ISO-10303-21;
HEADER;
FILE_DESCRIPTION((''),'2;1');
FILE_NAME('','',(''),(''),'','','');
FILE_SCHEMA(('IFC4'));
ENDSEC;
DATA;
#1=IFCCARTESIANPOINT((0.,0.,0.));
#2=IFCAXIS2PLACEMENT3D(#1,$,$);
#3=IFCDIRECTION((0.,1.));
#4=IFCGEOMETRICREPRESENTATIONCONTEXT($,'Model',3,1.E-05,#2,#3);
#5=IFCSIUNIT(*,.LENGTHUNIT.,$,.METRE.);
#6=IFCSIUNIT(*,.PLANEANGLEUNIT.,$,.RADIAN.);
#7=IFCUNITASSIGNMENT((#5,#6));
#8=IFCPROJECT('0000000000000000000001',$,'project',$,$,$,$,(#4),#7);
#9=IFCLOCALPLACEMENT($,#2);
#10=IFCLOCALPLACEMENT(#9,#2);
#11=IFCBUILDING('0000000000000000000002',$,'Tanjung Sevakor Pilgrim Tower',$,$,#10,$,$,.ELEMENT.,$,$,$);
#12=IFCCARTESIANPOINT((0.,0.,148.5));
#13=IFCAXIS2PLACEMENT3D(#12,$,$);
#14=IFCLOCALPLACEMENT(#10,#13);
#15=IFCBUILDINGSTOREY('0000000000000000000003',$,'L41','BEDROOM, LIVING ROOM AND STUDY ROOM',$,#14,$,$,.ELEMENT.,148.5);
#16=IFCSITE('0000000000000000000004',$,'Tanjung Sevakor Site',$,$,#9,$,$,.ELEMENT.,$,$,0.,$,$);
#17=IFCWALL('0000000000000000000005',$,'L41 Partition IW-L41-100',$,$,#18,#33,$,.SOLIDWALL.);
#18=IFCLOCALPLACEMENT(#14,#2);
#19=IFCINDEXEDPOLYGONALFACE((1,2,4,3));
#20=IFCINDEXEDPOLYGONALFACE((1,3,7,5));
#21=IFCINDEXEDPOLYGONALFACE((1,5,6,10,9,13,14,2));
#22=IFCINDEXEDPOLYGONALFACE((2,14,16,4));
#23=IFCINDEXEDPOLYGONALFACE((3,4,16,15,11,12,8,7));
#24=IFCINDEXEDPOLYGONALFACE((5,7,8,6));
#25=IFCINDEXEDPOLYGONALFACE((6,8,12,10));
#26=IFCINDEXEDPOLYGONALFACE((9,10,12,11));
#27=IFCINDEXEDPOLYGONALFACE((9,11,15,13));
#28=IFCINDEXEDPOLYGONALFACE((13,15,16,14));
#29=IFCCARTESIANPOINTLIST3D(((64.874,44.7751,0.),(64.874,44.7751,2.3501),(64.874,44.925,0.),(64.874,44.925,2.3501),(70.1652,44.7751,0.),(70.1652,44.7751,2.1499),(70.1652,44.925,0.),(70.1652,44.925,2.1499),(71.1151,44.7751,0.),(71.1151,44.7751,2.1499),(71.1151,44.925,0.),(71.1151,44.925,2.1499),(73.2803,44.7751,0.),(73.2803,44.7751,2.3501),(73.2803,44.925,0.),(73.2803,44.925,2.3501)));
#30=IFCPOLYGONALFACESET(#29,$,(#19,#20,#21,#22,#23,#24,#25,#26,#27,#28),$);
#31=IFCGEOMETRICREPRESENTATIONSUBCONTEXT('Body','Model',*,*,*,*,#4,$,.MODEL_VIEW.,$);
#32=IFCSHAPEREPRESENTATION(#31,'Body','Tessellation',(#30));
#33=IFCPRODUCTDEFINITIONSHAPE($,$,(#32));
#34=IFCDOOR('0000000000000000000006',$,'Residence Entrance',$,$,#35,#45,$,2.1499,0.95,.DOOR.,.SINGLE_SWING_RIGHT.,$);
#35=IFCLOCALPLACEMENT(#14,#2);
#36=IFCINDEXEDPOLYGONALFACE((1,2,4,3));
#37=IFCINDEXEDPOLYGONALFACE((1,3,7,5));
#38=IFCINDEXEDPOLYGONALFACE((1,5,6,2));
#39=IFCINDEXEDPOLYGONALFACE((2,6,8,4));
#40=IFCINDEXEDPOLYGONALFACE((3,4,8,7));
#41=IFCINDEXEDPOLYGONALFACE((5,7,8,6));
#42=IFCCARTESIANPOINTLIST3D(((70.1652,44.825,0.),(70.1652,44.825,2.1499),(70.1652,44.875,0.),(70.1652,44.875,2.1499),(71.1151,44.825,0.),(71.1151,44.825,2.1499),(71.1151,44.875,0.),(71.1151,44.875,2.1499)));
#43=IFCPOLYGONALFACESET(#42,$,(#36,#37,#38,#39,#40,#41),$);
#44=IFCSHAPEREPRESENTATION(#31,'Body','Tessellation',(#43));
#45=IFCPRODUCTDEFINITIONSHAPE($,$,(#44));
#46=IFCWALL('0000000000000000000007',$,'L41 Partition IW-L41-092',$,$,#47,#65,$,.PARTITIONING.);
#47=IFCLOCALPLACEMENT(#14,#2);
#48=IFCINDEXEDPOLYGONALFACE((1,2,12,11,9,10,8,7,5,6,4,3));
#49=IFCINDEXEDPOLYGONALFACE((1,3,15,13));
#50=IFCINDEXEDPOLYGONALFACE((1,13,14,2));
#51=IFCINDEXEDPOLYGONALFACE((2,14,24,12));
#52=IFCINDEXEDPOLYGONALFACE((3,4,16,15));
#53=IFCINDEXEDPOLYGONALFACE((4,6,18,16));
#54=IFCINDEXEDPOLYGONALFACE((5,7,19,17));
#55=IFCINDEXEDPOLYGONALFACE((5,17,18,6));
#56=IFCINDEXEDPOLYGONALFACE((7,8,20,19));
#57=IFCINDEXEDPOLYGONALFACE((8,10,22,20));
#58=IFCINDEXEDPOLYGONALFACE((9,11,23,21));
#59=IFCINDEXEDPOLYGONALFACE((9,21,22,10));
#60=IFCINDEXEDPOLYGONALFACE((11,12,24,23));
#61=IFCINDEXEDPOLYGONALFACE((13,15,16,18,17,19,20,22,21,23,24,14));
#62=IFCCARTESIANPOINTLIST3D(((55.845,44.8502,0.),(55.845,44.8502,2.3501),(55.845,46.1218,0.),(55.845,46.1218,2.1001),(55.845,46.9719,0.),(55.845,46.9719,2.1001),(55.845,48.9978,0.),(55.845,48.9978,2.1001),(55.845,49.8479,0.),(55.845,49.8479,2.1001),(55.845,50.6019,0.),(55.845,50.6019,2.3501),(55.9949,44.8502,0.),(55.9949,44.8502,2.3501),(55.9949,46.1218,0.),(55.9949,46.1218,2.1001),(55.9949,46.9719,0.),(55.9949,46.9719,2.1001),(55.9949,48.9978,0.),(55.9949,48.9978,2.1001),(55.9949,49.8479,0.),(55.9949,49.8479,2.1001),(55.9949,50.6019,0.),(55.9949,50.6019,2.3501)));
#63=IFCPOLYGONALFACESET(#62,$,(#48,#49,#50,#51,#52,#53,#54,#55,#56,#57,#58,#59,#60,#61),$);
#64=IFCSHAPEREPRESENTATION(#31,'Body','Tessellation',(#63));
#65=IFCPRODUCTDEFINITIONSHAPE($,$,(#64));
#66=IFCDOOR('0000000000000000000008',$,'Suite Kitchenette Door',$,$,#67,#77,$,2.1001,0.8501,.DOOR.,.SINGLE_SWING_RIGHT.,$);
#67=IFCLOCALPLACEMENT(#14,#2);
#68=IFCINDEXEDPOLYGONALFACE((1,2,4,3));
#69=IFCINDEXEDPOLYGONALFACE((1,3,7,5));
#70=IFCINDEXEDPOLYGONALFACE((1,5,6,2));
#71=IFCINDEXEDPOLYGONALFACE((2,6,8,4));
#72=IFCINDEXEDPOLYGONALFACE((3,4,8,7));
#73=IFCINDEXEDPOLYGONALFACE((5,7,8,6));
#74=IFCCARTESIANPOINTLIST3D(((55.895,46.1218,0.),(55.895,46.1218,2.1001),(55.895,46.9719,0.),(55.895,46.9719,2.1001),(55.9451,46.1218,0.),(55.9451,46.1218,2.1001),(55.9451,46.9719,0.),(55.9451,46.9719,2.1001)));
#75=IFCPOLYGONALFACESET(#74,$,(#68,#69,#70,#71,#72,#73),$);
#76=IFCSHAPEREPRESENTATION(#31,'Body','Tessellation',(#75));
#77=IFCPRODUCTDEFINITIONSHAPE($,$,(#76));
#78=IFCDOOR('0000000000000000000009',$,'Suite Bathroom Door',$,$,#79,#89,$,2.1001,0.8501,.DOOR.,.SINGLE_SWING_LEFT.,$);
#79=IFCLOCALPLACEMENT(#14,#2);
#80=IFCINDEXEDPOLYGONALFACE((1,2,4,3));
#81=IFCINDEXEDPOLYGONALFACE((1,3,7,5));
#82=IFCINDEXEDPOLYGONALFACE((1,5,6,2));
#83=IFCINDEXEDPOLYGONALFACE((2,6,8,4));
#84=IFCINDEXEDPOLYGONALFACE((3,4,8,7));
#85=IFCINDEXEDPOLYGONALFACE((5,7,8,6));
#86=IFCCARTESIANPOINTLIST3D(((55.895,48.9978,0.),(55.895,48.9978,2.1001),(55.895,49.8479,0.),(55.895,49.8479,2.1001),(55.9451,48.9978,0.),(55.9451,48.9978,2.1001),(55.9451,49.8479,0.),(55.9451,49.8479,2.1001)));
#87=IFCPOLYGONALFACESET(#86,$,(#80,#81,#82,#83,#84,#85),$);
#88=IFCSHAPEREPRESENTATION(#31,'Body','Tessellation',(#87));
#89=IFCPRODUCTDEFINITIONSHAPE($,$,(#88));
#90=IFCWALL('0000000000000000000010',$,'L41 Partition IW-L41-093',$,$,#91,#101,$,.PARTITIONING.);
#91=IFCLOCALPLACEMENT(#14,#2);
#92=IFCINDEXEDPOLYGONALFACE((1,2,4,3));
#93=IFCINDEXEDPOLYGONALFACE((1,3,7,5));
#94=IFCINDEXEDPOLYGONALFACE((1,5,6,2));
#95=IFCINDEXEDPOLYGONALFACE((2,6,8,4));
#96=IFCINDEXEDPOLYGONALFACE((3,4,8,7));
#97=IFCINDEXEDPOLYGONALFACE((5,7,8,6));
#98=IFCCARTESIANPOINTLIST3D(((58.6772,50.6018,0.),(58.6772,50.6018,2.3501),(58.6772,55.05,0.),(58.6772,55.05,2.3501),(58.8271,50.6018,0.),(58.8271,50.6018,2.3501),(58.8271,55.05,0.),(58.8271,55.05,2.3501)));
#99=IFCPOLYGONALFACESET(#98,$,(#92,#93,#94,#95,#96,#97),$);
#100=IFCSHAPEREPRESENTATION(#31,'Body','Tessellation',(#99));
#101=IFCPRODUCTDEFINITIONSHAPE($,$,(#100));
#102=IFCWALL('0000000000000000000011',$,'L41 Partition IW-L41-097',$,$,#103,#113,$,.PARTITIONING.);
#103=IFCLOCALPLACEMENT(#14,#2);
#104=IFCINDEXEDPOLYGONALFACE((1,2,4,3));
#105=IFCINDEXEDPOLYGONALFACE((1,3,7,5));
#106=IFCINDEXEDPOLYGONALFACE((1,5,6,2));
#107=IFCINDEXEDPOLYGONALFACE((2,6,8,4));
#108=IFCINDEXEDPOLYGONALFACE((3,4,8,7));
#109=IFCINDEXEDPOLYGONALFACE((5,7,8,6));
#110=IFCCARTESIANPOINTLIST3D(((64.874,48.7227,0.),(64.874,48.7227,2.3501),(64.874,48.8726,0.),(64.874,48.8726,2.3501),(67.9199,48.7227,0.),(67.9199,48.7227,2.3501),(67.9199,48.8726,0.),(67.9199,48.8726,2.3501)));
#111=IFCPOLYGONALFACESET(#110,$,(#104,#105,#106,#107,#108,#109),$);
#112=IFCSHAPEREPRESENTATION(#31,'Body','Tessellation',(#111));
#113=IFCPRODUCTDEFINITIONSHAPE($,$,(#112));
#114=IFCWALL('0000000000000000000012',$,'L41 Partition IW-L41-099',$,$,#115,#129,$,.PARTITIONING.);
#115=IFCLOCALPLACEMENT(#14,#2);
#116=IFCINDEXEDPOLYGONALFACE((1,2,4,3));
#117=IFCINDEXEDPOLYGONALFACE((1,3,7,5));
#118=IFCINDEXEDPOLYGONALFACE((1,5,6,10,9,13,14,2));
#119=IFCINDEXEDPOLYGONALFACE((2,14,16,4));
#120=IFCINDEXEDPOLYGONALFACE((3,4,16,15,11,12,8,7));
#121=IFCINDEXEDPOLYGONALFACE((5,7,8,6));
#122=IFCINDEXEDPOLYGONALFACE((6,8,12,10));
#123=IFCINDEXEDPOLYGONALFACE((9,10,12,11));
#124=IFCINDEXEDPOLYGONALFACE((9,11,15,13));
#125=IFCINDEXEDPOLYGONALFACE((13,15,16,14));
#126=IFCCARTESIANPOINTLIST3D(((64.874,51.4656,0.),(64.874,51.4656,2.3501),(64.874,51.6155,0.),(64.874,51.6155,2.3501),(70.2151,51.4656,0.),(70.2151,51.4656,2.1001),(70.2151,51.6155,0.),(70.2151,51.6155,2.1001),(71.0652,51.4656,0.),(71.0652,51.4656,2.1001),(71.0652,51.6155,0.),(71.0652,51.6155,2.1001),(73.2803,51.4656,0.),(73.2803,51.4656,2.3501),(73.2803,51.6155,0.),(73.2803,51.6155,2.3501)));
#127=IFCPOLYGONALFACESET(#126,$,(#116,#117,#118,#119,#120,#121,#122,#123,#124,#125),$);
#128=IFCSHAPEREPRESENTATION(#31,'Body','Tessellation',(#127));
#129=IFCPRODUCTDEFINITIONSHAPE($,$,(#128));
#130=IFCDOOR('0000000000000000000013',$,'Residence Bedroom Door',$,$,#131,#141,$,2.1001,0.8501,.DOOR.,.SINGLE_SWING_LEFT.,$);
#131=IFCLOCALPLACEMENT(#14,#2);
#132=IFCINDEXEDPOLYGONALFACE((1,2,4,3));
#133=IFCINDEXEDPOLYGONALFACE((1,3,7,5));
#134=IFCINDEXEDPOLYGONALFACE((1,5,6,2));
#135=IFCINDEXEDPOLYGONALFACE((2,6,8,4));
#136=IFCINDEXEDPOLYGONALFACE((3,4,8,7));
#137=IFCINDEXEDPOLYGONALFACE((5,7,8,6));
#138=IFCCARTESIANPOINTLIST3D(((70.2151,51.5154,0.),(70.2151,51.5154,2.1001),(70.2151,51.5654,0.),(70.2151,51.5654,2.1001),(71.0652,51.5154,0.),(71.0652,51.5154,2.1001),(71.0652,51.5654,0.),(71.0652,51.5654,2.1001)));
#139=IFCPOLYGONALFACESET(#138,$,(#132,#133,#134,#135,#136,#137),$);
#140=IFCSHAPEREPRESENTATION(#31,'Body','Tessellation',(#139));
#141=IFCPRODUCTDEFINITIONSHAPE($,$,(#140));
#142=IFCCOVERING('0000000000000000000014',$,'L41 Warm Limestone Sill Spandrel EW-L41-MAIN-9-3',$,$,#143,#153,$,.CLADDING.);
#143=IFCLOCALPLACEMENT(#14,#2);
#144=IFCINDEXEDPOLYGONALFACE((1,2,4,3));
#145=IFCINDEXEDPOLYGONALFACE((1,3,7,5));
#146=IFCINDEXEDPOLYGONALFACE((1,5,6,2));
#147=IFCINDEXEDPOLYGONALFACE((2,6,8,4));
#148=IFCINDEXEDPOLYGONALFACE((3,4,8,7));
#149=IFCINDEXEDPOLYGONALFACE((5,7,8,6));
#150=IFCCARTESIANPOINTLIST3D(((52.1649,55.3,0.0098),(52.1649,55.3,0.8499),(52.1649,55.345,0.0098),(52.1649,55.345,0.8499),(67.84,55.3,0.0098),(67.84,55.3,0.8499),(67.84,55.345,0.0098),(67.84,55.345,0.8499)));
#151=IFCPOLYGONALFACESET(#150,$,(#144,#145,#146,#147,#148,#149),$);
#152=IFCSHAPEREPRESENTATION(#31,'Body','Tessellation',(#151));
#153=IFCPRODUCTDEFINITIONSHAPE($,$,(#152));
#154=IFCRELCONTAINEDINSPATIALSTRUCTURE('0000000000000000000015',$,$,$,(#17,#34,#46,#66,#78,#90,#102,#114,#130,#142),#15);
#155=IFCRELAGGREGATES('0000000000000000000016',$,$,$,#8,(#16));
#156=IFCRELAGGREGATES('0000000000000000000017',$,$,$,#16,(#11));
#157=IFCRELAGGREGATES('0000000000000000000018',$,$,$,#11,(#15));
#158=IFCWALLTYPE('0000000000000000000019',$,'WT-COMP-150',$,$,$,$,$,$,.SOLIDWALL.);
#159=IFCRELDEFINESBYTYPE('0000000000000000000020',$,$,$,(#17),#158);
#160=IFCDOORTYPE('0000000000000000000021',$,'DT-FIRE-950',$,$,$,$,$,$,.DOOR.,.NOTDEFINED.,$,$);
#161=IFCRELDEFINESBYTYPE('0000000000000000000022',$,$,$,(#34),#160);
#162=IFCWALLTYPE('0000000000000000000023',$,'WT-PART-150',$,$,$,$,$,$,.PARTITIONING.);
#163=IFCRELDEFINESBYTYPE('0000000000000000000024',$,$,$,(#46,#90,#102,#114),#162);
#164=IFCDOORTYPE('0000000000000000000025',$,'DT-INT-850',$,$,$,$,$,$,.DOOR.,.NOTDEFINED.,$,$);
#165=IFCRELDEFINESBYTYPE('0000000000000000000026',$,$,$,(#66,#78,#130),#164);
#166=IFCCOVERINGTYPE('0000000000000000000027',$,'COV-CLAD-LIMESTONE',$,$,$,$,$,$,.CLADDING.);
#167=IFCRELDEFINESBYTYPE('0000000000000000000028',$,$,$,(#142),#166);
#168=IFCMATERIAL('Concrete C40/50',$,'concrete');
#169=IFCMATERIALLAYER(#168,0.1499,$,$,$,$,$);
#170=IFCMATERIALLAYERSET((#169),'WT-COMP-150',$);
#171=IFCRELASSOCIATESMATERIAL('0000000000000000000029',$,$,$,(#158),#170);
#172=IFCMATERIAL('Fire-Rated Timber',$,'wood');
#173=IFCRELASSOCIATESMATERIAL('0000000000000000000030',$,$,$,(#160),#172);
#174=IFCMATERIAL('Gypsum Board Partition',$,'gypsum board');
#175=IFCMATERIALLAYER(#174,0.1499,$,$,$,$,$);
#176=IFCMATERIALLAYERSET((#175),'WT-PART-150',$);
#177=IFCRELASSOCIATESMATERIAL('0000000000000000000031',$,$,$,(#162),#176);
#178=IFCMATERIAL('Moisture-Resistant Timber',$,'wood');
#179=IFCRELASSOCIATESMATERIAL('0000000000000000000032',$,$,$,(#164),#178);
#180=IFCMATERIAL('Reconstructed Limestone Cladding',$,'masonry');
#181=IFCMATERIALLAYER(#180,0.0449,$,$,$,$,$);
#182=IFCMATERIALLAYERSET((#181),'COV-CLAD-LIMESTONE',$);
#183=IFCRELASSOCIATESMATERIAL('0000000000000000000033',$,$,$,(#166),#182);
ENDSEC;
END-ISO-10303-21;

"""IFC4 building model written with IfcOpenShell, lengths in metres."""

from ifc_helpers import new_model, si_unit, direction, frame, frame_2d, origin, origin_2d, place, context, subcontext, project, spatial, rectangle, extrude, material, layer, layer_set, type_object, element, fill, save


model = new_model("IFC4")

# Units and contexts
model_context = context("Model", 3, precision=1e-05, world=origin(), true_north=direction((0.0, 1.0)))
body_context = subcontext(model_context, "Body", "Model", "MODEL_VIEW")
ifc_project = project(units=[si_unit("LENGTHUNIT", "METRE"), si_unit("PLANEANGLEUNIT", "RADIAN")], contexts=[model_context])

# Site, building, storey
site_placement = place(None, origin())
site = spatial("IfcSite", under=ifc_project, at=site_placement, Name="Tanjung Sevakor Site", CompositionType="ELEMENT", RefElevation=0.0)
building_placement = place(site_placement, origin())
building = spatial("IfcBuilding", under=site, at=building_placement, Name="Tanjung Sevakor Pilgrim Tower", CompositionType="ELEMENT")
storey_placement = place(building_placement, frame((0.0, 0.0, 148.5)))
storey = spatial("IfcBuildingStorey", under=building, at=storey_placement, Name="L41", Description="BEDROOM, LIVING ROOM AND STUDY ROOM", CompositionType="ELEMENT", Elevation=148.5)

# Shared definitions
ifc_material_1 = material(Name="Concrete C40/50", Category="concrete")
ifc_layer_1 = layer(ifc_material_1, 0.1499)
ifc_layer_set_1 = layer_set([ifc_layer_1], Name="WT-COMP-150")
wall_type_1 = type_object("IfcWallType", Name="WT-COMP-150", PredefinedType="SOLIDWALL", material=ifc_layer_set_1)

# Wall, opening, door
wall_1_placement = place(storey_placement, frame((64.874, 44.8501, 0.0), z_axis=(0.0, 0.0, 1.0), x_axis=(1.0, 0.0, 0.0)))
wall_1 = element("IfcWall", 1, at=wall_1_placement, inside=storey, type_object=wall_type_1, Name="L41 Partition IW-L41-100", PredefinedType="SOLIDWALL", context=body_context, shape_type="SweptSolid", body=[
    extrude(rectangle(XDim=8.4062, YDim=0.1499, at=frame_2d((4.2031, 0.0))), origin(), (0.0, 0.0, 1.0), 2.3501),
])
opening_1_placement = place(wall_1_placement, frame((5.291, 0.0, 0.0)))
opening_1 = element("IfcOpeningElement", 2, at=opening_1_placement, cuts=wall_1, PredefinedType="OPENING", context=body_context, shape_type="SweptSolid", body=[
    extrude(rectangle(XDim=0.95, YDim=2.1499, at=frame_2d((0.4751, 1.075))), frame((0.0, 0.085, 0.0), z_axis=(0.0, -1.0, 0.0), x_axis=(1.0, 0.0, 0.0)), (0.0, 0.0, 1.0), 0.1699),
])
ifc_material_2 = material(Name="Fire-Rated Timber", Category="wood")
door_type_1 = type_object("IfcDoorType", Name="DT-FIRE-950", OperationType="NOTDEFINED", PredefinedType="DOOR", material=ifc_material_2)
door_1_placement = place(opening_1_placement, origin())
door_1 = element("IfcDoor", 3, at=door_1_placement, inside=storey, type_object=door_type_1, Name="Residence Entrance", OperationType="SINGLE_SWING_RIGHT", OverallHeight=2.1499, OverallWidth=0.95, PredefinedType="DOOR", context=body_context, shape_type="SweptSolid", body=[
    extrude(rectangle(XDim=0.95, YDim=2.1499, at=frame_2d((0.4751, 1.075))), frame((0.0, 0.0249, 0.0), z_axis=(0.0, -1.0, 0.0), x_axis=(1.0, 0.0, 0.0)), (0.0, 0.0, 1.0), 0.05),
])
fill(opening_1, door_1)

# Wall, openings, doors
ifc_material_3 = material(Name="Gypsum Board Partition", Category="gypsum board")
ifc_layer_2 = layer(ifc_material_3, 0.1499)
ifc_layer_set_2 = layer_set([ifc_layer_2], Name="WT-PART-150")
wall_type_2 = type_object("IfcWallType", Name="WT-PART-150", PredefinedType="PARTITIONING", material=ifc_layer_set_2)
wall_2_placement = place(storey_placement, frame((55.9199, 44.8501, 0.0), z_axis=(0.0, 0.0, 1.0), x_axis=(0.0, 1.0, 0.0)))
wall_2 = element("IfcWall", 4, at=wall_2_placement, inside=storey, type_object=wall_type_2, Name="L41 Partition IW-L41-092", PredefinedType="PARTITIONING", context=body_context, shape_type="SweptSolid", body=[
    extrude(rectangle(XDim=5.7517, YDim=0.1499, at=frame_2d((2.876, 0.0))), origin(), (0.0, 0.0, 1.0), 2.3501),
])
opening_2_placement = place(wall_2_placement, frame((1.2717, 0.0, 0.0)))
opening_2 = element("IfcOpeningElement", 5, at=opening_2_placement, cuts=wall_2, PredefinedType="OPENING", context=body_context, shape_type="SweptSolid", body=[
    extrude(rectangle(XDim=0.8501, YDim=2.1001, at=frame_2d((0.425, 1.05))), frame((0.0, 0.085, 0.0), z_axis=(0.0, -1.0, 0.0), x_axis=(1.0, 0.0, 0.0)), (0.0, 0.0, 1.0), 0.1699),
])
opening_3_placement = place(wall_2_placement, frame((4.1477, 0.0, 0.0)))
opening_3 = element("IfcOpeningElement", 6, at=opening_3_placement, cuts=wall_2, PredefinedType="OPENING", context=body_context, shape_type="SweptSolid", body=[
    extrude(rectangle(XDim=0.8501, YDim=2.1001, at=frame_2d((0.425, 1.05))), frame((0.0, 0.085, 0.0), z_axis=(0.0, -1.0, 0.0), x_axis=(1.0, 0.0, 0.0)), (0.0, 0.0, 1.0), 0.1699),
])
ifc_material_4 = material(Name="Moisture-Resistant Timber", Category="wood")
door_type_2 = type_object("IfcDoorType", Name="DT-INT-850", OperationType="NOTDEFINED", PredefinedType="DOOR", material=ifc_material_4)
door_2_placement = place(opening_2_placement, origin())
door_2 = element("IfcDoor", 7, at=door_2_placement, inside=storey, type_object=door_type_2, Name="Suite Kitchenette Door", OperationType="SINGLE_SWING_RIGHT", OverallHeight=2.1001, OverallWidth=0.8501, PredefinedType="DOOR", context=body_context, shape_type="SweptSolid", body=[
    extrude(rectangle(XDim=0.8501, YDim=2.1001, at=frame_2d((0.425, 1.05))), frame((0.0, 0.0249, 0.0), z_axis=(0.0, -1.0, 0.0), x_axis=(1.0, 0.0, 0.0)), (0.0, 0.0, 1.0), 0.05),
])
fill(opening_2, door_2)
door_3_placement = place(opening_3_placement, origin())
door_3 = element("IfcDoor", 8, at=door_3_placement, inside=storey, type_object=door_type_2, Name="Suite Bathroom Door", OperationType="SINGLE_SWING_LEFT", OverallHeight=2.1001, OverallWidth=0.8501, PredefinedType="DOOR", context=body_context, shape_type="SweptSolid", body=[
    extrude(rectangle(XDim=0.8501, YDim=2.1001, at=frame_2d((0.425, 1.05))), frame((0.0, 0.0249, 0.0), z_axis=(0.0, -1.0, 0.0), x_axis=(1.0, 0.0, 0.0)), (0.0, 0.0, 1.0), 0.05),
])
fill(opening_3, door_3)

# Walls
wall_3_placement = place(storey_placement, frame((58.7522, 50.6018, 0.0), z_axis=(0.0, 0.0, 1.0), x_axis=(0.0, 1.0, 0.0)))
element("IfcWall", 9, at=wall_3_placement, inside=storey, type_object=wall_type_2, Name="L41 Partition IW-L41-093", PredefinedType="PARTITIONING", context=body_context, shape_type="SweptSolid", body=[
    extrude(rectangle(XDim=4.4482, YDim=0.1499, at=frame_2d((2.2241, 0.0))), origin(), (0.0, 0.0, 1.0), 2.3501),
])
wall_4_placement = place(storey_placement, frame((64.874, 48.7976, 0.0), z_axis=(0.0, 0.0, 1.0), x_axis=(1.0, 0.0, 0.0)))
element("IfcWall", 10, at=wall_4_placement, inside=storey, type_object=wall_type_2, Name="L41 Partition IW-L41-097", PredefinedType="PARTITIONING", context=body_context, shape_type="SweptSolid", body=[
    extrude(rectangle(XDim=3.0459, YDim=0.1499, at=frame_2d((1.5229, 0.0))), origin(), (0.0, 0.0, 1.0), 2.3501),
])

# Wall, opening, door
wall_5_placement = place(storey_placement, frame((64.874, 51.5405, 0.0), z_axis=(0.0, 0.0, 1.0), x_axis=(1.0, 0.0, 0.0)))
wall_5 = element("IfcWall", 11, at=wall_5_placement, inside=storey, type_object=wall_type_2, Name="L41 Partition IW-L41-099", PredefinedType="PARTITIONING", context=body_context, shape_type="SweptSolid", body=[
    extrude(rectangle(XDim=8.4062, YDim=0.1499, at=frame_2d((4.2031, 0.0))), origin(), (0.0, 0.0, 1.0), 2.3501),
])
opening_4_placement = place(wall_5_placement, frame((5.3411, 0.0, 0.0)))
opening_4 = element("IfcOpeningElement", 12, at=opening_4_placement, cuts=wall_5, PredefinedType="OPENING", context=body_context, shape_type="SweptSolid", body=[
    extrude(rectangle(XDim=0.8501, YDim=2.1001, at=frame_2d((0.425, 1.05))), frame((0.0, 0.085, 0.0), z_axis=(0.0, -1.0, 0.0), x_axis=(1.0, 0.0, 0.0)), (0.0, 0.0, 1.0), 0.1699),
])
door_4_placement = place(opening_4_placement, origin())
door_4 = element("IfcDoor", 13, at=door_4_placement, inside=storey, type_object=door_type_2, Name="Residence Bedroom Door", OperationType="SINGLE_SWING_LEFT", OverallHeight=2.1001, OverallWidth=0.8501, PredefinedType="DOOR", context=body_context, shape_type="SweptSolid", body=[
    extrude(rectangle(XDim=0.8501, YDim=2.1001, at=frame_2d((0.425, 1.05))), frame((0.0, 0.0249, 0.0), z_axis=(0.0, -1.0, 0.0), x_axis=(1.0, 0.0, 0.0)), (0.0, 0.0, 1.0), 0.05),
])
fill(opening_4, door_4)

# Covering
ifc_material_5 = material(Name="Reconstructed Limestone Cladding", Category="masonry")
ifc_layer_3 = layer(ifc_material_5, 0.0449)
ifc_layer_set_3 = layer_set([ifc_layer_3], Name="COV-CLAD-LIMESTONE")
covering_type = type_object("IfcCoveringType", Name="COV-CLAD-LIMESTONE", PredefinedType="CLADDING", material=ifc_layer_set_3)
covering_placement = place(storey_placement, frame((60.0024, 55.3225, 0.0098), z_axis=(0.0, 0.0, 1.0), x_axis=(-1.0, 0.0, 0.0)))
element("IfcCovering", 14, at=covering_placement, inside=storey, type_object=covering_type, Name="L41 Warm Limestone Sill Spandrel EW-L41-MAIN-9-3", PredefinedType="CLADDING", context=body_context, shape_type="SweptSolid", body=[
    extrude(rectangle(XDim=15.675, YDim=0.0449, at=origin_2d()), origin(), (0.0, 0.0, 1.0), 0.8401),
])

save(model, "model.ifc")
